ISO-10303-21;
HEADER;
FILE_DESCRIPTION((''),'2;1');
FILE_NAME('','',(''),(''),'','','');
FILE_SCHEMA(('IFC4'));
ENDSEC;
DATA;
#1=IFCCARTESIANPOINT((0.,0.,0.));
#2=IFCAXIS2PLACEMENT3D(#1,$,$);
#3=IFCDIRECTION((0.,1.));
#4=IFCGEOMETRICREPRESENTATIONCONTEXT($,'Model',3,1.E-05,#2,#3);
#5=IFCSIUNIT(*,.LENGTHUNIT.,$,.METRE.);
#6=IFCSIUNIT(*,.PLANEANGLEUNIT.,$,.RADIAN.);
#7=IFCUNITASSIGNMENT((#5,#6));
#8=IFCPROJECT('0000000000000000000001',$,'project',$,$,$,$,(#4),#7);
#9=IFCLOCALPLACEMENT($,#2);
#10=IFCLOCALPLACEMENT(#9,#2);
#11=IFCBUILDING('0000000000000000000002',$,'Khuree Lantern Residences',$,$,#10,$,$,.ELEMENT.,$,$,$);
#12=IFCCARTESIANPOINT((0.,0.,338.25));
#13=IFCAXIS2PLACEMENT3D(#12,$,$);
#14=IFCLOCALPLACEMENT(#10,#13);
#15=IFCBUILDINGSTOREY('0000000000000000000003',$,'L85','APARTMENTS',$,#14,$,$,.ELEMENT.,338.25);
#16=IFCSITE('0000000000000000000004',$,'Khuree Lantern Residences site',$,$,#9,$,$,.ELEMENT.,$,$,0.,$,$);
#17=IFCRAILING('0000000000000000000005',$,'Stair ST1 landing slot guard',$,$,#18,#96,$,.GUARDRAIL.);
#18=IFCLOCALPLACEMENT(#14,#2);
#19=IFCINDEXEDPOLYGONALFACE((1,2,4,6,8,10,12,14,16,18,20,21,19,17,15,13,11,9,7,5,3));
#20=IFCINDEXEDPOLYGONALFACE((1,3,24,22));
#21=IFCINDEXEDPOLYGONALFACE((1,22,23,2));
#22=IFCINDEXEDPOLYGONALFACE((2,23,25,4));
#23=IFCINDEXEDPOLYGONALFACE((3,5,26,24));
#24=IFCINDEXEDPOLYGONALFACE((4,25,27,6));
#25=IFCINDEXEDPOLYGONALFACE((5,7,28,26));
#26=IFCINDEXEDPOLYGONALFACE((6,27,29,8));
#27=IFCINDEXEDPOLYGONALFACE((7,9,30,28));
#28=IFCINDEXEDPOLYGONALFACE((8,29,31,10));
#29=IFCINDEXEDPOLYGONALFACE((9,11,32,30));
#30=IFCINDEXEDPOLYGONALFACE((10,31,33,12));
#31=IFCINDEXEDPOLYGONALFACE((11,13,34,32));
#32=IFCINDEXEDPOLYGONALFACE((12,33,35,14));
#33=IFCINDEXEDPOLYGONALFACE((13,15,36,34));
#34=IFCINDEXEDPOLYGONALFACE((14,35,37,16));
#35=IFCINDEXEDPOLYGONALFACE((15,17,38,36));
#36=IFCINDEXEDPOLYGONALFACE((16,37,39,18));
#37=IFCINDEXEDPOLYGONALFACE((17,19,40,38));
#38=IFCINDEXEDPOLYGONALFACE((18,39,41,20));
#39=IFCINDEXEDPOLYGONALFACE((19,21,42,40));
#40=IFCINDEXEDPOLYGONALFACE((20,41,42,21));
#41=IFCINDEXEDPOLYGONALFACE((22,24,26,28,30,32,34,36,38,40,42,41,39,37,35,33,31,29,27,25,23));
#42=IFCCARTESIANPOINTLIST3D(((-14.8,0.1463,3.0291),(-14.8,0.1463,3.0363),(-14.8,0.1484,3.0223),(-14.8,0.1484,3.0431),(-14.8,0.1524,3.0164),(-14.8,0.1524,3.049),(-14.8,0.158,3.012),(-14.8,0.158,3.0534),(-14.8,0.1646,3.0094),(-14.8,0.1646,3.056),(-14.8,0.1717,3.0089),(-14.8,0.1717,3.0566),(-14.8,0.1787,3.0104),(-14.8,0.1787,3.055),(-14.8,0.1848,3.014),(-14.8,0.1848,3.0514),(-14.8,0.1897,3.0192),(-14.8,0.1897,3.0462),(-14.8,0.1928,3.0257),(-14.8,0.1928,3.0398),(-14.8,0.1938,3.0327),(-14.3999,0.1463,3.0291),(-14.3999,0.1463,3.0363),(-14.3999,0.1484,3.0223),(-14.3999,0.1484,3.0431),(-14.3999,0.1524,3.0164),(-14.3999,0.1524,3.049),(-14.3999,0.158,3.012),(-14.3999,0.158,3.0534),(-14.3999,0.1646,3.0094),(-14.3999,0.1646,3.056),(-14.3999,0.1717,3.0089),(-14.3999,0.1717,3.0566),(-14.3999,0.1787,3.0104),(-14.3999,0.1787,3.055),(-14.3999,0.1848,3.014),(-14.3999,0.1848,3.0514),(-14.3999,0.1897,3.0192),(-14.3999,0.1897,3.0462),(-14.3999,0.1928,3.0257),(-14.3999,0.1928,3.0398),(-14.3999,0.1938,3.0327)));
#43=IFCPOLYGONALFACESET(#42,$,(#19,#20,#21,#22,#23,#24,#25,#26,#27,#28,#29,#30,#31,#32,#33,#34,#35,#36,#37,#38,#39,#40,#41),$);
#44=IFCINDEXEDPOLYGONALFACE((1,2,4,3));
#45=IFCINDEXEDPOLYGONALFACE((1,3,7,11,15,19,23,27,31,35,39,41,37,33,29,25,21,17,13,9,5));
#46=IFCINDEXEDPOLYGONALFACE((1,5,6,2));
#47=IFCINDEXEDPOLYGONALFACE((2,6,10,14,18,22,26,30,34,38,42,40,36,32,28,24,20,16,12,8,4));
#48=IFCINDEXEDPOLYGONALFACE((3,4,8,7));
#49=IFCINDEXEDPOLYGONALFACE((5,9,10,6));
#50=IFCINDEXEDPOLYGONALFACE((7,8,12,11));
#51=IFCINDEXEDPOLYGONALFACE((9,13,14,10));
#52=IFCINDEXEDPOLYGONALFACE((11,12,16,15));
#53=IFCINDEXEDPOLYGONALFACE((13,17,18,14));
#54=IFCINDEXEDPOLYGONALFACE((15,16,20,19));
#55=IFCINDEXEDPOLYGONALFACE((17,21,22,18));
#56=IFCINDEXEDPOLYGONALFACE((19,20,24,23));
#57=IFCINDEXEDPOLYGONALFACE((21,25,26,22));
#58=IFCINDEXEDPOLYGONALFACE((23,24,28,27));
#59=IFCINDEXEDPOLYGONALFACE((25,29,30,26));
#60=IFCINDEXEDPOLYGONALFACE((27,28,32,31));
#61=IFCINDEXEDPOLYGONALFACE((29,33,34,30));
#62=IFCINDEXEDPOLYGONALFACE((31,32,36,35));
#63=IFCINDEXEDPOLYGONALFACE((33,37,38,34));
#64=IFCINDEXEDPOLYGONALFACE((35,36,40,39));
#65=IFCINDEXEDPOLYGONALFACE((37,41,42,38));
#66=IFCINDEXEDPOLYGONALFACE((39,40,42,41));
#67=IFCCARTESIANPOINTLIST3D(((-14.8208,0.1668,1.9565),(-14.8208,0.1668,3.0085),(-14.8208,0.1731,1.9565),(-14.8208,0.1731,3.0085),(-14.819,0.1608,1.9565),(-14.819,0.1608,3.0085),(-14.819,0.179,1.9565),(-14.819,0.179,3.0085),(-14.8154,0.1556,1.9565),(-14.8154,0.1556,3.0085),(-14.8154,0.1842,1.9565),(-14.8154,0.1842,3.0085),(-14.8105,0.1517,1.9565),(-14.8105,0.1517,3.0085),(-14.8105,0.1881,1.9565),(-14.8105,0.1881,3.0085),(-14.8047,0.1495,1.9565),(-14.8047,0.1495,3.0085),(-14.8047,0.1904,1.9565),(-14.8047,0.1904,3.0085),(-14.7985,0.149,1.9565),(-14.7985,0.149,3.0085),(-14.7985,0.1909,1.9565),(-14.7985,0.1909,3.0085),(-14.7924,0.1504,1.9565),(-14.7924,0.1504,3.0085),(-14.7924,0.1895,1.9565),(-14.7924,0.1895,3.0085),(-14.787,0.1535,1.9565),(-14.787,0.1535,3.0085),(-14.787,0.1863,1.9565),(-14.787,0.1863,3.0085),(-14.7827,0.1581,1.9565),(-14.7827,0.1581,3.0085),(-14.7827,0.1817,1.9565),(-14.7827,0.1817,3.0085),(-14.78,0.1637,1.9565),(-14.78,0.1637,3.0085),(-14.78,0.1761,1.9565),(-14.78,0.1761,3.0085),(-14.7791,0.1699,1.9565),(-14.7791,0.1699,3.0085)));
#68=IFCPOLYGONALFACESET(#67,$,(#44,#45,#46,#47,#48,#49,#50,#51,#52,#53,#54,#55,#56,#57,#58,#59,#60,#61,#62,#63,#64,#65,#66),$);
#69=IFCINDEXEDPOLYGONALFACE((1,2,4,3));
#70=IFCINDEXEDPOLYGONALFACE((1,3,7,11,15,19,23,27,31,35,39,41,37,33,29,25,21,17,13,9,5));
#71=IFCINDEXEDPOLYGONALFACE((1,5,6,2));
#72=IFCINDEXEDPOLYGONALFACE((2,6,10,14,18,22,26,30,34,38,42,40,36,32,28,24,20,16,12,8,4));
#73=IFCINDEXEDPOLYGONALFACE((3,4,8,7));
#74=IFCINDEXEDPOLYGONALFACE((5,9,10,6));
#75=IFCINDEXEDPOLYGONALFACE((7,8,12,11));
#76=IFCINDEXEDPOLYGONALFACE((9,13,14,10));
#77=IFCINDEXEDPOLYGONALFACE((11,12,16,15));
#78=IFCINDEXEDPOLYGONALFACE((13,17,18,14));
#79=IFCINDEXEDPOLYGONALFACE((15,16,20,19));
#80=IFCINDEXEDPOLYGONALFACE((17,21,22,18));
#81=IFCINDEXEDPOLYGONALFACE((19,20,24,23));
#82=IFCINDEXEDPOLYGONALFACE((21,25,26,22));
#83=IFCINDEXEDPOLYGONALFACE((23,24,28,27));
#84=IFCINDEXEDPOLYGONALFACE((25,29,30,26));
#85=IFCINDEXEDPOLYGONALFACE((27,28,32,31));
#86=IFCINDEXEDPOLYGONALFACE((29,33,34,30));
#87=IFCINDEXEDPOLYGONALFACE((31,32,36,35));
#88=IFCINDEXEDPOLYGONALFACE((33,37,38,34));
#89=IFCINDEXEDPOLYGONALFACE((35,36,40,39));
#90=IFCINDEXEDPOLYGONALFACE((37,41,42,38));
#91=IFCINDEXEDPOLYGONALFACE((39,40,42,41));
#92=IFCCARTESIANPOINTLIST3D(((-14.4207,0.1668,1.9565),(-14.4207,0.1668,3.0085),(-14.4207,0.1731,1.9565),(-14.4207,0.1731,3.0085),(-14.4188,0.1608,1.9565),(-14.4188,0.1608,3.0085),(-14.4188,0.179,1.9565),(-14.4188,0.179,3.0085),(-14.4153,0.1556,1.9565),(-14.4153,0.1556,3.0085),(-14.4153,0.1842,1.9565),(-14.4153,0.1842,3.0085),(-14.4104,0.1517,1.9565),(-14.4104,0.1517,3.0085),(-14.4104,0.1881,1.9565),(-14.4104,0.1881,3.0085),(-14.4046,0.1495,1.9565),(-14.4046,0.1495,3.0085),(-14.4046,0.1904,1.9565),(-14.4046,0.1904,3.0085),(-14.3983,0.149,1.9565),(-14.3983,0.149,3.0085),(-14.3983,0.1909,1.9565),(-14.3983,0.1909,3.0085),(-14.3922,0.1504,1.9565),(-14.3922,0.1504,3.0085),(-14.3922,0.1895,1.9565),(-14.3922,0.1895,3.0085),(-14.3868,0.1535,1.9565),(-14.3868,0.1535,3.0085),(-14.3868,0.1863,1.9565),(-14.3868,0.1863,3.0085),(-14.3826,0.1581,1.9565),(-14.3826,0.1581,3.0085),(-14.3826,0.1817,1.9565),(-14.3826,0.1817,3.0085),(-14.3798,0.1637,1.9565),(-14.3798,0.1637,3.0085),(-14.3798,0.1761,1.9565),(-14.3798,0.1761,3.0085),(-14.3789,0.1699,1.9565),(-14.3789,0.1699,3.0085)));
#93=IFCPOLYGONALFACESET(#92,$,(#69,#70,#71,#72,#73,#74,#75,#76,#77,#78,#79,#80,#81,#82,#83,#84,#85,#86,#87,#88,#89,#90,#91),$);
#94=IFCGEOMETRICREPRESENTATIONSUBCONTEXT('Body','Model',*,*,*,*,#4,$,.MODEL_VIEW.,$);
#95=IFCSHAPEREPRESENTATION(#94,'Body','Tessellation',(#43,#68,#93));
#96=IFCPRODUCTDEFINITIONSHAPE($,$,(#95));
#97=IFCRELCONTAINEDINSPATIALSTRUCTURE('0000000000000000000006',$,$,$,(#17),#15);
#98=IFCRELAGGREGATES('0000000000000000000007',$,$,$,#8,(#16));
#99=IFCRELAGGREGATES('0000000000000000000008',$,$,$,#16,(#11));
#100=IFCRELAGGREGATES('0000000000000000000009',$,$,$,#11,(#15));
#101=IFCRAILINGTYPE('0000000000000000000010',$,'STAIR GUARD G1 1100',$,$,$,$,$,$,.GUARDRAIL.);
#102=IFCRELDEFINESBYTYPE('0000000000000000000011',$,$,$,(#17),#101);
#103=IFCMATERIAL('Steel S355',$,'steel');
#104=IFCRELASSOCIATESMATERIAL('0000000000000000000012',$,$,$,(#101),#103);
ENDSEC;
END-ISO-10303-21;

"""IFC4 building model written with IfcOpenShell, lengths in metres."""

from ifc_helpers import new_model, si_unit, direction, frame, origin, origin_2d, place, context, subcontext, project, spatial, circle, extrude, material, type_object, element, save


model = new_model("IFC4")

# Units and contexts
model_context = context("Model", 3, precision=1e-05, world=origin(), true_north=direction((0.0, 1.0)))
body_context = subcontext(model_context, "Body", "Model", "MODEL_VIEW")
ifc_project = project(units=[si_unit("LENGTHUNIT", "METRE"), si_unit("PLANEANGLEUNIT", "RADIAN")], contexts=[model_context])

# Site, building, storey
site_placement = place(None, origin())
site = spatial("IfcSite", under=ifc_project, at=site_placement, Name="Khuree Lantern Residences site", CompositionType="ELEMENT", RefElevation=0.0)
building_placement = place(site_placement, origin())
building = spatial("IfcBuilding", under=site, at=building_placement, Name="Khuree Lantern Residences", CompositionType="ELEMENT")
storey_placement = place(building_placement, frame((0.0, 0.0, 338.25)))
storey = spatial("IfcBuildingStorey", under=building, at=storey_placement, Name="L85", Description="APARTMENTS", CompositionType="ELEMENT", Elevation=338.25)

# Railing
ifc_material_1 = material(Name="Steel S355", Category="steel")
railing_type = type_object("IfcRailingType", Name="STAIR GUARD G1 1100", PredefinedType="GUARDRAIL", material=ifc_material_1)
railing_placement = place(storey_placement, frame((-14.8, 0.1699, 1.9565)))
element("IfcRailing", 1, at=railing_placement, inside=storey, type_object=railing_type, Name="Stair ST1 landing slot guard", PredefinedType="GUARDRAIL", context=body_context, shape_type="SweptSolid", body=[
    extrude(circle(Radius=0.0239, at=origin_2d()), frame((0.0, 0.0, 1.0762), z_axis=(1.0, 0.0, 0.0), x_axis=(0.0, 1.0, 0.0)), (0.0, 0.0, 1.0), 0.4001),
    extrude(circle(Radius=0.021, at=origin_2d()), origin(), (0.0, 0.0, 1.0), 1.052),
    extrude(circle(Radius=0.021, at=origin_2d()), frame((0.4001, 0.0, 0.0)), (0.0, 0.0, 1.0), 1.052),
])

save(model, "model.ifc")
